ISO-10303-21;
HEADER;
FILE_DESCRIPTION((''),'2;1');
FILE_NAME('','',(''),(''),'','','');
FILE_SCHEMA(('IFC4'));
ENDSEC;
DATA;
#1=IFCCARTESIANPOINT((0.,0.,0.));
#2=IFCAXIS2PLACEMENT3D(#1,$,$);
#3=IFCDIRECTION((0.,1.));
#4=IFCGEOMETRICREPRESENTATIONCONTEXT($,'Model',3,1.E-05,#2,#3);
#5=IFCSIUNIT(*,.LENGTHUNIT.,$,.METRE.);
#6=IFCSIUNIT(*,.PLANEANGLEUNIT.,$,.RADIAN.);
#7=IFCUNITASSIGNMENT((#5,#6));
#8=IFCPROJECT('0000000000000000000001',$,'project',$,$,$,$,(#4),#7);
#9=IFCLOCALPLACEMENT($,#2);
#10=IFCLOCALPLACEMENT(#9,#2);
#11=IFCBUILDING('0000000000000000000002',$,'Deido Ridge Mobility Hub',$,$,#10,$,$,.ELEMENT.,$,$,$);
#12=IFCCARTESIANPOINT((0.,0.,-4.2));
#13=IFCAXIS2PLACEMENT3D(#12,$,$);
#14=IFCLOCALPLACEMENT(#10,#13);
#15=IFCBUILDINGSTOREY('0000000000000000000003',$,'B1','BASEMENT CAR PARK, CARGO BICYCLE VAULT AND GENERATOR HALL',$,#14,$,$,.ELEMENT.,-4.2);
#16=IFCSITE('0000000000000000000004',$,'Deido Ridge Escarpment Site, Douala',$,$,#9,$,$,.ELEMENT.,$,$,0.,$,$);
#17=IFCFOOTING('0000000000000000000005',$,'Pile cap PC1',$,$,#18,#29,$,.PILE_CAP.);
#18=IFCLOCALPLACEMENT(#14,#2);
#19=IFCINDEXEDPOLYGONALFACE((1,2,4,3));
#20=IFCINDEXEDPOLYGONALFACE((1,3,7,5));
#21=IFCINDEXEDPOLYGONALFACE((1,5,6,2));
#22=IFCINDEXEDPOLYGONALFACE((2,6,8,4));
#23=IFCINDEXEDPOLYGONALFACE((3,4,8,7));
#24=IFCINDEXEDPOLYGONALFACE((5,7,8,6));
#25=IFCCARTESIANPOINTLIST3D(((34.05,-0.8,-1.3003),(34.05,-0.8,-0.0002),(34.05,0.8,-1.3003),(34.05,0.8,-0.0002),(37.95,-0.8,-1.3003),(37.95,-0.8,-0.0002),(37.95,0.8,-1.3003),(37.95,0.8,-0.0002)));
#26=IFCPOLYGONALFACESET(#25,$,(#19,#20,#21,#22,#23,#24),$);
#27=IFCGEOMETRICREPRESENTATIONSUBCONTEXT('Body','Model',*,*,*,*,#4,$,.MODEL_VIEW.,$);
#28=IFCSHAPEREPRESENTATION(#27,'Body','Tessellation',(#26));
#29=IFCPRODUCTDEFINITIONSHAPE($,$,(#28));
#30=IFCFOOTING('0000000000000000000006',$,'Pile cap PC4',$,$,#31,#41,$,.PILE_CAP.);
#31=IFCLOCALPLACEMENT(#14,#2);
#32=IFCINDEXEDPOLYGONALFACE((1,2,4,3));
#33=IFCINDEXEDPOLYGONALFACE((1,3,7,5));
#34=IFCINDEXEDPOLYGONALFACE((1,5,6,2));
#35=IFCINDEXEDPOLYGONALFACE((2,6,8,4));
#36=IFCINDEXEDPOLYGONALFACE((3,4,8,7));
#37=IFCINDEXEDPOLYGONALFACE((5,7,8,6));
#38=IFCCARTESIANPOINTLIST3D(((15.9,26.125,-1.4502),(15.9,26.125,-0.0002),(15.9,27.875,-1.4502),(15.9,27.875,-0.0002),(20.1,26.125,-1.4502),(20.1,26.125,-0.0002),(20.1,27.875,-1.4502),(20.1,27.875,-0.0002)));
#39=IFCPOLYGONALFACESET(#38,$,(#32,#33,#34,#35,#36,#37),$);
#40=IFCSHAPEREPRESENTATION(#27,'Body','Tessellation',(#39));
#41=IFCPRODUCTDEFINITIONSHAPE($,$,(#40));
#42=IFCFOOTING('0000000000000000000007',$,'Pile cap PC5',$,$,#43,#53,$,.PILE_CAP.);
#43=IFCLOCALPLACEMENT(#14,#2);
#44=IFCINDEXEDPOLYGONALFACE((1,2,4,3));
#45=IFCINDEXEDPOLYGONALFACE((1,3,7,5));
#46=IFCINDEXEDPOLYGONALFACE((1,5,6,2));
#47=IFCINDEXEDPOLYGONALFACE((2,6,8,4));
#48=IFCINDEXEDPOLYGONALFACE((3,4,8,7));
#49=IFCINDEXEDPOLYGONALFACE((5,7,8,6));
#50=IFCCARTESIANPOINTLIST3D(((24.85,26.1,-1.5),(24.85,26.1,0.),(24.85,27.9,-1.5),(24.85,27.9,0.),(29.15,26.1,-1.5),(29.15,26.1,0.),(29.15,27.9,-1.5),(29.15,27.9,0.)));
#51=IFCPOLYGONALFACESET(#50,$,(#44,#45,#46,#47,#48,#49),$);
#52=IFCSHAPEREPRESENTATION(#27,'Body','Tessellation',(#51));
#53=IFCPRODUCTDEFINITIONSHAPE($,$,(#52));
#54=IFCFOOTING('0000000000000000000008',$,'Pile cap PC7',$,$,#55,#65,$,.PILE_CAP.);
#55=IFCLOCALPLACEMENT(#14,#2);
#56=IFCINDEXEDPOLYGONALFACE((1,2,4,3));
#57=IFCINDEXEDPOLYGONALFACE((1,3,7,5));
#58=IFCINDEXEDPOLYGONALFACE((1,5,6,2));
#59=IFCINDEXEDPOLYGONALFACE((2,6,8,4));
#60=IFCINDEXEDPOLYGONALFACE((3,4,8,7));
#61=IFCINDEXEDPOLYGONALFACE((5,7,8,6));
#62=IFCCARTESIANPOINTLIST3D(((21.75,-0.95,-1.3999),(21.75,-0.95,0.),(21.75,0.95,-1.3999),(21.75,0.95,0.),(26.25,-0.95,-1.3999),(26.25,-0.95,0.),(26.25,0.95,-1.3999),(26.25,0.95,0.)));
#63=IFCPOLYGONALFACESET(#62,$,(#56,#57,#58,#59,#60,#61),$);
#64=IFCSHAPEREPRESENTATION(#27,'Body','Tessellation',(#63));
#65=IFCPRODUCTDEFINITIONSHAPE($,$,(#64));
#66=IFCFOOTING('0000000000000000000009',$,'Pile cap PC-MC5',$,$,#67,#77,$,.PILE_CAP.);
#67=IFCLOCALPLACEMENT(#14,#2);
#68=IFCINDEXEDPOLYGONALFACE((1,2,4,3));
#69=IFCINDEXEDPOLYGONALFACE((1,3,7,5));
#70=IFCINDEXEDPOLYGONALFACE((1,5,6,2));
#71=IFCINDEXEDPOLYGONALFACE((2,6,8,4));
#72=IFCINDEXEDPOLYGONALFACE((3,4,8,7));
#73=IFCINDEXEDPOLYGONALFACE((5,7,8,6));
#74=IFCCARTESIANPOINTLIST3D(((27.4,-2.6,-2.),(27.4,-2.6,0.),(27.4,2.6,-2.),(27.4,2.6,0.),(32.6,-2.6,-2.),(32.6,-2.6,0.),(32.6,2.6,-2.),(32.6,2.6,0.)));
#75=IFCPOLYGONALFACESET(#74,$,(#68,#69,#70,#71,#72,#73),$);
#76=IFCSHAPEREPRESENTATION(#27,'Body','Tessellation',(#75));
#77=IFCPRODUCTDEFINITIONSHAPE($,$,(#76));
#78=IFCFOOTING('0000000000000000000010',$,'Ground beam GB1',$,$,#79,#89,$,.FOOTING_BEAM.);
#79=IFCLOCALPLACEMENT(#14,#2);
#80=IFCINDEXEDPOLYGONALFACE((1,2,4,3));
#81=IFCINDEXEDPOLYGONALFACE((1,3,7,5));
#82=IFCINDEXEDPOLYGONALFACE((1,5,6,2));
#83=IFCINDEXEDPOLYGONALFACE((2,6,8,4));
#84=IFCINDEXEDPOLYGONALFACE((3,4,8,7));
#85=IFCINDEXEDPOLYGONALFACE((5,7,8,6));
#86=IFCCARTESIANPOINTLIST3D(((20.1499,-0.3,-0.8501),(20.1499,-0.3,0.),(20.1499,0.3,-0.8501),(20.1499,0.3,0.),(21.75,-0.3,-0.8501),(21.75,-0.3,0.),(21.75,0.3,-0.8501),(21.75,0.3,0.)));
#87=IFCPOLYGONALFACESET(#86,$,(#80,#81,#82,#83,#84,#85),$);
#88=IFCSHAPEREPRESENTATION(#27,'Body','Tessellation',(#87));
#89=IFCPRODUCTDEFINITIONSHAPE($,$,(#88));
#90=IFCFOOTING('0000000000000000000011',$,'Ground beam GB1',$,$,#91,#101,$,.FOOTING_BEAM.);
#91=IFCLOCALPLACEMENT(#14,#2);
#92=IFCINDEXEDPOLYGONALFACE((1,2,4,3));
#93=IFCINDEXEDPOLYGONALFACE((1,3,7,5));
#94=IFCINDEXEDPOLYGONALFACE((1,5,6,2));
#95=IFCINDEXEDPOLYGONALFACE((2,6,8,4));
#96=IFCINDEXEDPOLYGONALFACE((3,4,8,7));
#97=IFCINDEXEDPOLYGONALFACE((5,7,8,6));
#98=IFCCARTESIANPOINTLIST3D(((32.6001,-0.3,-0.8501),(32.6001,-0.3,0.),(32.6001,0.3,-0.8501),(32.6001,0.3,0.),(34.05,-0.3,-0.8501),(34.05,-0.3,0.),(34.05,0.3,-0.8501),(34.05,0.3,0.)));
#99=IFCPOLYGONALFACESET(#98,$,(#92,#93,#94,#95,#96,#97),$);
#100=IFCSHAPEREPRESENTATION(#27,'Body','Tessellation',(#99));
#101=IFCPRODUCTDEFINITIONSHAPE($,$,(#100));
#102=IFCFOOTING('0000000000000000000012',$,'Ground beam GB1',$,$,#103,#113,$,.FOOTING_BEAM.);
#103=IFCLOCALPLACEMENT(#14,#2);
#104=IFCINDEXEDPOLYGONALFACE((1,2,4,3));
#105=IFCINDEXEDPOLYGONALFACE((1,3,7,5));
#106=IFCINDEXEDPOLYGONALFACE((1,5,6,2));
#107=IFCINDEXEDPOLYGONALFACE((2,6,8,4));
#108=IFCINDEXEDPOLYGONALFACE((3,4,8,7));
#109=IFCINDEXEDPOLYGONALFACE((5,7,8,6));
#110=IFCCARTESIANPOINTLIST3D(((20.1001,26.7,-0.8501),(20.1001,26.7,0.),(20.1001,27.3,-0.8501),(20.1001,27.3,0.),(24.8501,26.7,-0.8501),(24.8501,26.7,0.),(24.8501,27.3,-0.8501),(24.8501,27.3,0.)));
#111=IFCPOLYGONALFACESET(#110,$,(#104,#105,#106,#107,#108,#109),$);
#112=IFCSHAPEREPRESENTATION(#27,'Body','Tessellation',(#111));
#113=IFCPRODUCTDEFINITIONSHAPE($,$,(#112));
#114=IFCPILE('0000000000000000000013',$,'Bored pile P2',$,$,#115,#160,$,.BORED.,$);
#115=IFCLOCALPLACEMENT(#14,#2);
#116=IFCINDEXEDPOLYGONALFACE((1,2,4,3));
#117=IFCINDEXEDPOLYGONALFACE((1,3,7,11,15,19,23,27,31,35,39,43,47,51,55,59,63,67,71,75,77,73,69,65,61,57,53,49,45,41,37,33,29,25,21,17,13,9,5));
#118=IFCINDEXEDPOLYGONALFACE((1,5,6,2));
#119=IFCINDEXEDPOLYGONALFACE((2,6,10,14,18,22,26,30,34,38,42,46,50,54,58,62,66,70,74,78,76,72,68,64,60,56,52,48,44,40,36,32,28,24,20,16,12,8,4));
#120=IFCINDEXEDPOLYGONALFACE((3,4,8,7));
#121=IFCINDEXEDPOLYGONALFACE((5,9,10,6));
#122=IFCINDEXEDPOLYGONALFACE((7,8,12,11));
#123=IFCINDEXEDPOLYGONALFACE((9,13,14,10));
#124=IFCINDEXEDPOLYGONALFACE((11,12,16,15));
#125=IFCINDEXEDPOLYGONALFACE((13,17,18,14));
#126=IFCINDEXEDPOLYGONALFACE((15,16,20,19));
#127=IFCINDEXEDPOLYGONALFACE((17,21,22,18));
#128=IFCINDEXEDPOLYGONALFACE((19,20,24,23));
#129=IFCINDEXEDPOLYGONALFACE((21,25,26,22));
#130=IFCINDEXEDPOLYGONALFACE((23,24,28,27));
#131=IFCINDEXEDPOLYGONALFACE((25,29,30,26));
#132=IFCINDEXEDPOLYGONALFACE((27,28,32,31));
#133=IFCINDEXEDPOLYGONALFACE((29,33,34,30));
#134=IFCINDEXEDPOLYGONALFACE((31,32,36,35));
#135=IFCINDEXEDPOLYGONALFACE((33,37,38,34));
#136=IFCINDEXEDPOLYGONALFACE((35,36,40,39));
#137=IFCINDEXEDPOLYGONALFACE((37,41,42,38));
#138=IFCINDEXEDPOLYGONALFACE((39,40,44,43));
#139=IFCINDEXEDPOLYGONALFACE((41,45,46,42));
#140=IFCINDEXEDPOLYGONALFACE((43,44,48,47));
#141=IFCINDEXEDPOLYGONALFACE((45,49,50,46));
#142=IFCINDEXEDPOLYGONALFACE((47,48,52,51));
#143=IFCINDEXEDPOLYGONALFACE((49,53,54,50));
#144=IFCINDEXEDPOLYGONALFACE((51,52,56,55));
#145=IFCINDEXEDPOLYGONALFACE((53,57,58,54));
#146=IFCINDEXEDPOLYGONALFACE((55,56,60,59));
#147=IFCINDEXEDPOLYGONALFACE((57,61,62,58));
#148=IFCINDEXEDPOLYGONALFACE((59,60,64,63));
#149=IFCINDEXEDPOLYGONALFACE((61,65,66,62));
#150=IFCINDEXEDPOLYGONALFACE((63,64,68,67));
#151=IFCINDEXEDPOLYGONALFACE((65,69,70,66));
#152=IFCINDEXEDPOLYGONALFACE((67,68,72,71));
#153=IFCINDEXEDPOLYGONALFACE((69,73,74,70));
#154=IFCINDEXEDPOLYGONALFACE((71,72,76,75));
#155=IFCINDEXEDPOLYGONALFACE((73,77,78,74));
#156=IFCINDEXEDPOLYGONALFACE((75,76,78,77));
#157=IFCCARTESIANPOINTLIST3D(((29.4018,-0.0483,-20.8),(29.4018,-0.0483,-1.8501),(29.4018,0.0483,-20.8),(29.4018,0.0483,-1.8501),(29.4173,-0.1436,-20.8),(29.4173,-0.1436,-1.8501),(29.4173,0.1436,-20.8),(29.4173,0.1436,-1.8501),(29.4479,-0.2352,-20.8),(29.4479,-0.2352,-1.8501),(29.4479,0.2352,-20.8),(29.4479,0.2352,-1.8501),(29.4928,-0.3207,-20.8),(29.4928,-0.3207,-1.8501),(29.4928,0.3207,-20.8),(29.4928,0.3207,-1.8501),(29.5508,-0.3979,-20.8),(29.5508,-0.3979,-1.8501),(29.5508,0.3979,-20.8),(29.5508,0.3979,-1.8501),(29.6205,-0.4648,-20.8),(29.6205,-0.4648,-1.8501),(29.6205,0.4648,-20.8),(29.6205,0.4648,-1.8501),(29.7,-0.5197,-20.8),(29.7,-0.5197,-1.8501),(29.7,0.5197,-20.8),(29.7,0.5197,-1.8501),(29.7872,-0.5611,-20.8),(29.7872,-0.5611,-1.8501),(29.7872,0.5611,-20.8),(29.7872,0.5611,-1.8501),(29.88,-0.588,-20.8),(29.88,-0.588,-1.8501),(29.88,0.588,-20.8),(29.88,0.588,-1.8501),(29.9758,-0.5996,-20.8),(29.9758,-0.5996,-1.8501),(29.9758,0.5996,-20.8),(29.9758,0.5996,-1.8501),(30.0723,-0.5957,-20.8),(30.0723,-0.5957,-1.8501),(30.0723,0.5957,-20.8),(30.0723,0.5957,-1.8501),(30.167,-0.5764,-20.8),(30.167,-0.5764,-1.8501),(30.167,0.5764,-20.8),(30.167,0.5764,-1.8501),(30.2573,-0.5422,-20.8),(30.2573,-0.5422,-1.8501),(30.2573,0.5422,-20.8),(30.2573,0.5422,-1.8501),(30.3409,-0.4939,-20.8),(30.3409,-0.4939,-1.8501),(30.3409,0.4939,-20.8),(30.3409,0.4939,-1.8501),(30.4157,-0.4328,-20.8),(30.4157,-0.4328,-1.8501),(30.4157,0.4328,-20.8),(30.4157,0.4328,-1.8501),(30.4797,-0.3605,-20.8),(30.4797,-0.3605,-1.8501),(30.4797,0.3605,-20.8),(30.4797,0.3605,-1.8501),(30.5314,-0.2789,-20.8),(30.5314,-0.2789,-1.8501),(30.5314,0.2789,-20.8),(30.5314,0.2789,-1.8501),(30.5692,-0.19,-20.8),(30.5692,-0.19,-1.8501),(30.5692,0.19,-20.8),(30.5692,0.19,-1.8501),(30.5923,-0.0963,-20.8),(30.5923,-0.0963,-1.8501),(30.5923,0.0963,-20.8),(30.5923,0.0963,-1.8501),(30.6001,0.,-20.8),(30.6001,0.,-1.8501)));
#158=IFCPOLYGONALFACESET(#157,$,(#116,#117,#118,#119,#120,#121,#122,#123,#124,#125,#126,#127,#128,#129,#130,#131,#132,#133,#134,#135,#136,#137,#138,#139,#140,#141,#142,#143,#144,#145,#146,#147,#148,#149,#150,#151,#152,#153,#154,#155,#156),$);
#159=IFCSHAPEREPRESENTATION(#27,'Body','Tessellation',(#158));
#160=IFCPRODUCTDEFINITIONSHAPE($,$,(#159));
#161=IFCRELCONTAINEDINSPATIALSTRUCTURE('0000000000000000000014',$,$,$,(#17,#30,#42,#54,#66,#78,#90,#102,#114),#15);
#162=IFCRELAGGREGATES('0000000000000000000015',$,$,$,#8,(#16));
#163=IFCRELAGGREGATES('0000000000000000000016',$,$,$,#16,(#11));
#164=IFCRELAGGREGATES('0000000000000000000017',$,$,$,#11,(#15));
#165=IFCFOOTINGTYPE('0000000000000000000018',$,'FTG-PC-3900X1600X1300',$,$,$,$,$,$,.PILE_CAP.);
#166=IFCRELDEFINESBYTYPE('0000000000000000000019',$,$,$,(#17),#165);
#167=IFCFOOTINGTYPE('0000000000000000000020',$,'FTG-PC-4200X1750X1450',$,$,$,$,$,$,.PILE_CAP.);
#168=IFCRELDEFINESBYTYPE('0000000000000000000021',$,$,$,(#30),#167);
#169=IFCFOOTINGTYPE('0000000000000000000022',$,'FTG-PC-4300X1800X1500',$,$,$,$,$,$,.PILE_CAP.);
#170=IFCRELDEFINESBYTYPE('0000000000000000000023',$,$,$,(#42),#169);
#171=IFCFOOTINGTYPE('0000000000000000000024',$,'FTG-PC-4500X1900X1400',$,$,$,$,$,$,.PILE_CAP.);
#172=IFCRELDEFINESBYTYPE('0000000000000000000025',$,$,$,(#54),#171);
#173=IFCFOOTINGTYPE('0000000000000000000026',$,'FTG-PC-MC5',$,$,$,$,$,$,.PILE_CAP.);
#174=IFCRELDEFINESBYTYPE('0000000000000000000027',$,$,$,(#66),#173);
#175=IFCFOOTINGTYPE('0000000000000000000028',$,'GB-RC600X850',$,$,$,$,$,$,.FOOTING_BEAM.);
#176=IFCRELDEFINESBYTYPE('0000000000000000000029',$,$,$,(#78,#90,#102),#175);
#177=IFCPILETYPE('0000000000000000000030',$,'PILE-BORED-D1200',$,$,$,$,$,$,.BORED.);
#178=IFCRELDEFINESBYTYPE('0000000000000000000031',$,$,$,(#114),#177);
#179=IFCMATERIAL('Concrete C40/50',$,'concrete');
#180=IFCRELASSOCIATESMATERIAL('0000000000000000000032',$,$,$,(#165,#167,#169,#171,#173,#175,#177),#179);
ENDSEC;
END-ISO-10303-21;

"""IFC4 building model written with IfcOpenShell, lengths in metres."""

from ifc_helpers import new_model, si_unit, direction, frame, origin, origin_2d, place, context, subcontext, project, spatial, rectangle, circle, extrude, material, material_profile, profile_set, type_object, element, save


model = new_model("IFC4")

# Units and contexts
model_context = context("Model", 3, precision=1e-05, world=origin(), true_north=direction((0.0, 1.0)))
body_context = subcontext(model_context, "Body", "Model", "MODEL_VIEW")
ifc_project = project(units=[si_unit("LENGTHUNIT", "METRE"), si_unit("PLANEANGLEUNIT", "RADIAN")], contexts=[model_context])

# Site, building, storey
site_placement = place(None, origin())
site = spatial("IfcSite", under=ifc_project, at=site_placement, Name="Deido Ridge Escarpment Site, Douala", CompositionType="ELEMENT", RefElevation=0.0)
building_placement = place(site_placement, origin())
building = spatial("IfcBuilding", under=site, at=building_placement, Name="Deido Ridge Mobility Hub", CompositionType="ELEMENT")
storey_placement = place(building_placement, frame((0.0, 0.0, -4.2)))
storey = spatial("IfcBuildingStorey", under=building, at=storey_placement, Name="B1", Description="BASEMENT CAR PARK, CARGO BICYCLE VAULT AND GENERATOR HALL", CompositionType="ELEMENT", Elevation=-4.2)

# Footings
ifc_material_1 = material(Name="Concrete C40/50", Category="concrete")
footing_type_1 = type_object("IfcFootingType", Name="FTG-PC-3900X1600X1300", PredefinedType="PILE_CAP", material=ifc_material_1)
footing_1_placement = place(storey_placement, frame((36.0, 0.0, -1.3003), z_axis=(0.0, 0.0, 1.0), x_axis=(1.0, 0.0, 0.0)))
element("IfcFooting", 1, at=footing_1_placement, inside=storey, type_object=footing_type_1, Name="Pile cap PC1", PredefinedType="PILE_CAP", context=body_context, shape_type="SweptSolid", body=[
    extrude(rectangle(XDim=3.8999, YDim=1.6001, at=origin_2d()), origin(), (0.0, 0.0, 1.0), 1.3),
])
footing_type_2 = type_object("IfcFootingType", Name="FTG-PC-4200X1750X1450", PredefinedType="PILE_CAP", material=ifc_material_1)
footing_2_placement = place(storey_placement, frame((18.0, 27.0, -1.4502), z_axis=(0.0, 0.0, 1.0), x_axis=(1.0, 0.0, 0.0)))
element("IfcFooting", 2, at=footing_2_placement, inside=storey, type_object=footing_type_2, Name="Pile cap PC4", PredefinedType="PILE_CAP", context=body_context, shape_type="SweptSolid", body=[
    extrude(rectangle(XDim=4.2, YDim=1.75, at=origin_2d()), origin(), (0.0, 0.0, 1.0), 1.45),
])
footing_type_3 = type_object("IfcFootingType", Name="FTG-PC-4300X1800X1500", PredefinedType="PILE_CAP", material=ifc_material_1)
footing_3_placement = place(storey_placement, frame((27.0, 27.0, -1.5), z_axis=(0.0, 0.0, 1.0), x_axis=(1.0, 0.0, 0.0)))
element("IfcFooting", 3, at=footing_3_placement, inside=storey, type_object=footing_type_3, Name="Pile cap PC5", PredefinedType="PILE_CAP", context=body_context, shape_type="SweptSolid", body=[
    extrude(rectangle(XDim=4.3, YDim=1.8, at=origin_2d()), origin(), (0.0, 0.0, 1.0), 1.5),
])
footing_type_4 = type_object("IfcFootingType", Name="FTG-PC-4500X1900X1400", PredefinedType="PILE_CAP", material=ifc_material_1)
footing_4_placement = place(storey_placement, frame((24.0, 0.0, -1.3999), z_axis=(0.0, 0.0, 1.0), x_axis=(1.0, 0.0, 0.0)))
element("IfcFooting", 4, at=footing_4_placement, inside=storey, type_object=footing_type_4, Name="Pile cap PC7", PredefinedType="PILE_CAP", context=body_context, shape_type="SweptSolid", body=[
    extrude(rectangle(XDim=4.5, YDim=1.8999, at=origin_2d()), origin(), (0.0, 0.0, 1.0), 1.3999),
])
footing_type_5 = type_object("IfcFootingType", Name="FTG-PC-MC5", PredefinedType="PILE_CAP", material=ifc_material_1)
footing_5_placement = place(storey_placement, frame((30.0, 0.0, -2.0), z_axis=(0.0, 0.0, 1.0), x_axis=(1.0, 0.0, 0.0)))
element("IfcFooting", 5, at=footing_5_placement, inside=storey, type_object=footing_type_5, Name="Pile cap PC-MC5", PredefinedType="PILE_CAP", context=body_context, shape_type="SweptSolid", body=[
    extrude(rectangle(XDim=5.2, YDim=5.2, at=origin_2d()), origin(), (0.0, 0.0, 1.0), 2.0),
])
ifc_material_profile_1 = material_profile(ifc_material_1, rectangle(XDim=0.6001, YDim=0.8501, at=origin_2d()), Name="RC GB 600x850")
ifc_profile_set_1 = profile_set([ifc_material_profile_1], Name="Concrete C40/50")
footing_type_6 = type_object("IfcFootingType", Name="GB-RC600X850", PredefinedType="FOOTING_BEAM", material=ifc_profile_set_1)
footing_6_placement = place(storey_placement, frame((20.1499, 0.0, -0.425), z_axis=(1.0, 0.0, 0.0), x_axis=(0.0, 1.0, 0.0)))
element("IfcFooting", 6, at=footing_6_placement, inside=storey, type_object=footing_type_6, Name="Ground beam GB1", PredefinedType="FOOTING_BEAM", context=body_context, shape_type="SweptSolid", body=[
    extrude(rectangle(XDim=0.6001, YDim=0.8501, at=origin_2d()), origin(), (0.0, 0.0, 1.0), 1.6001),
])
footing_7_placement = place(storey_placement, frame((32.6001, 0.0, -0.425), z_axis=(1.0, 0.0, 0.0), x_axis=(0.0, 1.0, 0.0)))
element("IfcFooting", 7, at=footing_7_placement, inside=storey, type_object=footing_type_6, Name="Ground beam GB1", PredefinedType="FOOTING_BEAM", context=body_context, shape_type="SweptSolid", body=[
    extrude(rectangle(XDim=0.6001, YDim=0.8501, at=origin_2d()), origin(), (0.0, 0.0, 1.0), 1.45),
])
footing_8_placement = place(storey_placement, frame((20.1001, 27.0, -0.425), z_axis=(1.0, 0.0, 0.0), x_axis=(0.0, 1.0, 0.0)))
element("IfcFooting", 8, at=footing_8_placement, inside=storey, type_object=footing_type_6, Name="Ground beam GB1", PredefinedType="FOOTING_BEAM", context=body_context, shape_type="SweptSolid", body=[
    extrude(rectangle(XDim=0.6001, YDim=0.8501, at=origin_2d()), origin(), (0.0, 0.0, 1.0), 4.75),
])

# Pile
ifc_material_profile_2 = material_profile(ifc_material_1, circle(Radius=0.6001, at=origin_2d()), Name="BORED PILE D1200")
ifc_profile_set_2 = profile_set([ifc_material_profile_2], Name="Concrete C40/50")
pile_type_1 = type_object("IfcPileType", Name="PILE-BORED-D1200", PredefinedType="BORED", material=ifc_profile_set_2)
pile_1_placement = place(storey_placement, frame((30.0, 0.0, -1.8501), z_axis=(0.0, 0.0, -1.0), x_axis=(1.0, 0.0, 0.0)))
element("IfcPile", 9, at=pile_1_placement, inside=storey, type_object=pile_type_1, Name="Bored pile P2", PredefinedType="BORED", context=body_context, shape_type="SweptSolid", body=[
    extrude(circle(Radius=0.6001, at=origin_2d()), origin(), (0.0, 0.0, 1.0), 18.95),
])

save(model, "model.ifc")
